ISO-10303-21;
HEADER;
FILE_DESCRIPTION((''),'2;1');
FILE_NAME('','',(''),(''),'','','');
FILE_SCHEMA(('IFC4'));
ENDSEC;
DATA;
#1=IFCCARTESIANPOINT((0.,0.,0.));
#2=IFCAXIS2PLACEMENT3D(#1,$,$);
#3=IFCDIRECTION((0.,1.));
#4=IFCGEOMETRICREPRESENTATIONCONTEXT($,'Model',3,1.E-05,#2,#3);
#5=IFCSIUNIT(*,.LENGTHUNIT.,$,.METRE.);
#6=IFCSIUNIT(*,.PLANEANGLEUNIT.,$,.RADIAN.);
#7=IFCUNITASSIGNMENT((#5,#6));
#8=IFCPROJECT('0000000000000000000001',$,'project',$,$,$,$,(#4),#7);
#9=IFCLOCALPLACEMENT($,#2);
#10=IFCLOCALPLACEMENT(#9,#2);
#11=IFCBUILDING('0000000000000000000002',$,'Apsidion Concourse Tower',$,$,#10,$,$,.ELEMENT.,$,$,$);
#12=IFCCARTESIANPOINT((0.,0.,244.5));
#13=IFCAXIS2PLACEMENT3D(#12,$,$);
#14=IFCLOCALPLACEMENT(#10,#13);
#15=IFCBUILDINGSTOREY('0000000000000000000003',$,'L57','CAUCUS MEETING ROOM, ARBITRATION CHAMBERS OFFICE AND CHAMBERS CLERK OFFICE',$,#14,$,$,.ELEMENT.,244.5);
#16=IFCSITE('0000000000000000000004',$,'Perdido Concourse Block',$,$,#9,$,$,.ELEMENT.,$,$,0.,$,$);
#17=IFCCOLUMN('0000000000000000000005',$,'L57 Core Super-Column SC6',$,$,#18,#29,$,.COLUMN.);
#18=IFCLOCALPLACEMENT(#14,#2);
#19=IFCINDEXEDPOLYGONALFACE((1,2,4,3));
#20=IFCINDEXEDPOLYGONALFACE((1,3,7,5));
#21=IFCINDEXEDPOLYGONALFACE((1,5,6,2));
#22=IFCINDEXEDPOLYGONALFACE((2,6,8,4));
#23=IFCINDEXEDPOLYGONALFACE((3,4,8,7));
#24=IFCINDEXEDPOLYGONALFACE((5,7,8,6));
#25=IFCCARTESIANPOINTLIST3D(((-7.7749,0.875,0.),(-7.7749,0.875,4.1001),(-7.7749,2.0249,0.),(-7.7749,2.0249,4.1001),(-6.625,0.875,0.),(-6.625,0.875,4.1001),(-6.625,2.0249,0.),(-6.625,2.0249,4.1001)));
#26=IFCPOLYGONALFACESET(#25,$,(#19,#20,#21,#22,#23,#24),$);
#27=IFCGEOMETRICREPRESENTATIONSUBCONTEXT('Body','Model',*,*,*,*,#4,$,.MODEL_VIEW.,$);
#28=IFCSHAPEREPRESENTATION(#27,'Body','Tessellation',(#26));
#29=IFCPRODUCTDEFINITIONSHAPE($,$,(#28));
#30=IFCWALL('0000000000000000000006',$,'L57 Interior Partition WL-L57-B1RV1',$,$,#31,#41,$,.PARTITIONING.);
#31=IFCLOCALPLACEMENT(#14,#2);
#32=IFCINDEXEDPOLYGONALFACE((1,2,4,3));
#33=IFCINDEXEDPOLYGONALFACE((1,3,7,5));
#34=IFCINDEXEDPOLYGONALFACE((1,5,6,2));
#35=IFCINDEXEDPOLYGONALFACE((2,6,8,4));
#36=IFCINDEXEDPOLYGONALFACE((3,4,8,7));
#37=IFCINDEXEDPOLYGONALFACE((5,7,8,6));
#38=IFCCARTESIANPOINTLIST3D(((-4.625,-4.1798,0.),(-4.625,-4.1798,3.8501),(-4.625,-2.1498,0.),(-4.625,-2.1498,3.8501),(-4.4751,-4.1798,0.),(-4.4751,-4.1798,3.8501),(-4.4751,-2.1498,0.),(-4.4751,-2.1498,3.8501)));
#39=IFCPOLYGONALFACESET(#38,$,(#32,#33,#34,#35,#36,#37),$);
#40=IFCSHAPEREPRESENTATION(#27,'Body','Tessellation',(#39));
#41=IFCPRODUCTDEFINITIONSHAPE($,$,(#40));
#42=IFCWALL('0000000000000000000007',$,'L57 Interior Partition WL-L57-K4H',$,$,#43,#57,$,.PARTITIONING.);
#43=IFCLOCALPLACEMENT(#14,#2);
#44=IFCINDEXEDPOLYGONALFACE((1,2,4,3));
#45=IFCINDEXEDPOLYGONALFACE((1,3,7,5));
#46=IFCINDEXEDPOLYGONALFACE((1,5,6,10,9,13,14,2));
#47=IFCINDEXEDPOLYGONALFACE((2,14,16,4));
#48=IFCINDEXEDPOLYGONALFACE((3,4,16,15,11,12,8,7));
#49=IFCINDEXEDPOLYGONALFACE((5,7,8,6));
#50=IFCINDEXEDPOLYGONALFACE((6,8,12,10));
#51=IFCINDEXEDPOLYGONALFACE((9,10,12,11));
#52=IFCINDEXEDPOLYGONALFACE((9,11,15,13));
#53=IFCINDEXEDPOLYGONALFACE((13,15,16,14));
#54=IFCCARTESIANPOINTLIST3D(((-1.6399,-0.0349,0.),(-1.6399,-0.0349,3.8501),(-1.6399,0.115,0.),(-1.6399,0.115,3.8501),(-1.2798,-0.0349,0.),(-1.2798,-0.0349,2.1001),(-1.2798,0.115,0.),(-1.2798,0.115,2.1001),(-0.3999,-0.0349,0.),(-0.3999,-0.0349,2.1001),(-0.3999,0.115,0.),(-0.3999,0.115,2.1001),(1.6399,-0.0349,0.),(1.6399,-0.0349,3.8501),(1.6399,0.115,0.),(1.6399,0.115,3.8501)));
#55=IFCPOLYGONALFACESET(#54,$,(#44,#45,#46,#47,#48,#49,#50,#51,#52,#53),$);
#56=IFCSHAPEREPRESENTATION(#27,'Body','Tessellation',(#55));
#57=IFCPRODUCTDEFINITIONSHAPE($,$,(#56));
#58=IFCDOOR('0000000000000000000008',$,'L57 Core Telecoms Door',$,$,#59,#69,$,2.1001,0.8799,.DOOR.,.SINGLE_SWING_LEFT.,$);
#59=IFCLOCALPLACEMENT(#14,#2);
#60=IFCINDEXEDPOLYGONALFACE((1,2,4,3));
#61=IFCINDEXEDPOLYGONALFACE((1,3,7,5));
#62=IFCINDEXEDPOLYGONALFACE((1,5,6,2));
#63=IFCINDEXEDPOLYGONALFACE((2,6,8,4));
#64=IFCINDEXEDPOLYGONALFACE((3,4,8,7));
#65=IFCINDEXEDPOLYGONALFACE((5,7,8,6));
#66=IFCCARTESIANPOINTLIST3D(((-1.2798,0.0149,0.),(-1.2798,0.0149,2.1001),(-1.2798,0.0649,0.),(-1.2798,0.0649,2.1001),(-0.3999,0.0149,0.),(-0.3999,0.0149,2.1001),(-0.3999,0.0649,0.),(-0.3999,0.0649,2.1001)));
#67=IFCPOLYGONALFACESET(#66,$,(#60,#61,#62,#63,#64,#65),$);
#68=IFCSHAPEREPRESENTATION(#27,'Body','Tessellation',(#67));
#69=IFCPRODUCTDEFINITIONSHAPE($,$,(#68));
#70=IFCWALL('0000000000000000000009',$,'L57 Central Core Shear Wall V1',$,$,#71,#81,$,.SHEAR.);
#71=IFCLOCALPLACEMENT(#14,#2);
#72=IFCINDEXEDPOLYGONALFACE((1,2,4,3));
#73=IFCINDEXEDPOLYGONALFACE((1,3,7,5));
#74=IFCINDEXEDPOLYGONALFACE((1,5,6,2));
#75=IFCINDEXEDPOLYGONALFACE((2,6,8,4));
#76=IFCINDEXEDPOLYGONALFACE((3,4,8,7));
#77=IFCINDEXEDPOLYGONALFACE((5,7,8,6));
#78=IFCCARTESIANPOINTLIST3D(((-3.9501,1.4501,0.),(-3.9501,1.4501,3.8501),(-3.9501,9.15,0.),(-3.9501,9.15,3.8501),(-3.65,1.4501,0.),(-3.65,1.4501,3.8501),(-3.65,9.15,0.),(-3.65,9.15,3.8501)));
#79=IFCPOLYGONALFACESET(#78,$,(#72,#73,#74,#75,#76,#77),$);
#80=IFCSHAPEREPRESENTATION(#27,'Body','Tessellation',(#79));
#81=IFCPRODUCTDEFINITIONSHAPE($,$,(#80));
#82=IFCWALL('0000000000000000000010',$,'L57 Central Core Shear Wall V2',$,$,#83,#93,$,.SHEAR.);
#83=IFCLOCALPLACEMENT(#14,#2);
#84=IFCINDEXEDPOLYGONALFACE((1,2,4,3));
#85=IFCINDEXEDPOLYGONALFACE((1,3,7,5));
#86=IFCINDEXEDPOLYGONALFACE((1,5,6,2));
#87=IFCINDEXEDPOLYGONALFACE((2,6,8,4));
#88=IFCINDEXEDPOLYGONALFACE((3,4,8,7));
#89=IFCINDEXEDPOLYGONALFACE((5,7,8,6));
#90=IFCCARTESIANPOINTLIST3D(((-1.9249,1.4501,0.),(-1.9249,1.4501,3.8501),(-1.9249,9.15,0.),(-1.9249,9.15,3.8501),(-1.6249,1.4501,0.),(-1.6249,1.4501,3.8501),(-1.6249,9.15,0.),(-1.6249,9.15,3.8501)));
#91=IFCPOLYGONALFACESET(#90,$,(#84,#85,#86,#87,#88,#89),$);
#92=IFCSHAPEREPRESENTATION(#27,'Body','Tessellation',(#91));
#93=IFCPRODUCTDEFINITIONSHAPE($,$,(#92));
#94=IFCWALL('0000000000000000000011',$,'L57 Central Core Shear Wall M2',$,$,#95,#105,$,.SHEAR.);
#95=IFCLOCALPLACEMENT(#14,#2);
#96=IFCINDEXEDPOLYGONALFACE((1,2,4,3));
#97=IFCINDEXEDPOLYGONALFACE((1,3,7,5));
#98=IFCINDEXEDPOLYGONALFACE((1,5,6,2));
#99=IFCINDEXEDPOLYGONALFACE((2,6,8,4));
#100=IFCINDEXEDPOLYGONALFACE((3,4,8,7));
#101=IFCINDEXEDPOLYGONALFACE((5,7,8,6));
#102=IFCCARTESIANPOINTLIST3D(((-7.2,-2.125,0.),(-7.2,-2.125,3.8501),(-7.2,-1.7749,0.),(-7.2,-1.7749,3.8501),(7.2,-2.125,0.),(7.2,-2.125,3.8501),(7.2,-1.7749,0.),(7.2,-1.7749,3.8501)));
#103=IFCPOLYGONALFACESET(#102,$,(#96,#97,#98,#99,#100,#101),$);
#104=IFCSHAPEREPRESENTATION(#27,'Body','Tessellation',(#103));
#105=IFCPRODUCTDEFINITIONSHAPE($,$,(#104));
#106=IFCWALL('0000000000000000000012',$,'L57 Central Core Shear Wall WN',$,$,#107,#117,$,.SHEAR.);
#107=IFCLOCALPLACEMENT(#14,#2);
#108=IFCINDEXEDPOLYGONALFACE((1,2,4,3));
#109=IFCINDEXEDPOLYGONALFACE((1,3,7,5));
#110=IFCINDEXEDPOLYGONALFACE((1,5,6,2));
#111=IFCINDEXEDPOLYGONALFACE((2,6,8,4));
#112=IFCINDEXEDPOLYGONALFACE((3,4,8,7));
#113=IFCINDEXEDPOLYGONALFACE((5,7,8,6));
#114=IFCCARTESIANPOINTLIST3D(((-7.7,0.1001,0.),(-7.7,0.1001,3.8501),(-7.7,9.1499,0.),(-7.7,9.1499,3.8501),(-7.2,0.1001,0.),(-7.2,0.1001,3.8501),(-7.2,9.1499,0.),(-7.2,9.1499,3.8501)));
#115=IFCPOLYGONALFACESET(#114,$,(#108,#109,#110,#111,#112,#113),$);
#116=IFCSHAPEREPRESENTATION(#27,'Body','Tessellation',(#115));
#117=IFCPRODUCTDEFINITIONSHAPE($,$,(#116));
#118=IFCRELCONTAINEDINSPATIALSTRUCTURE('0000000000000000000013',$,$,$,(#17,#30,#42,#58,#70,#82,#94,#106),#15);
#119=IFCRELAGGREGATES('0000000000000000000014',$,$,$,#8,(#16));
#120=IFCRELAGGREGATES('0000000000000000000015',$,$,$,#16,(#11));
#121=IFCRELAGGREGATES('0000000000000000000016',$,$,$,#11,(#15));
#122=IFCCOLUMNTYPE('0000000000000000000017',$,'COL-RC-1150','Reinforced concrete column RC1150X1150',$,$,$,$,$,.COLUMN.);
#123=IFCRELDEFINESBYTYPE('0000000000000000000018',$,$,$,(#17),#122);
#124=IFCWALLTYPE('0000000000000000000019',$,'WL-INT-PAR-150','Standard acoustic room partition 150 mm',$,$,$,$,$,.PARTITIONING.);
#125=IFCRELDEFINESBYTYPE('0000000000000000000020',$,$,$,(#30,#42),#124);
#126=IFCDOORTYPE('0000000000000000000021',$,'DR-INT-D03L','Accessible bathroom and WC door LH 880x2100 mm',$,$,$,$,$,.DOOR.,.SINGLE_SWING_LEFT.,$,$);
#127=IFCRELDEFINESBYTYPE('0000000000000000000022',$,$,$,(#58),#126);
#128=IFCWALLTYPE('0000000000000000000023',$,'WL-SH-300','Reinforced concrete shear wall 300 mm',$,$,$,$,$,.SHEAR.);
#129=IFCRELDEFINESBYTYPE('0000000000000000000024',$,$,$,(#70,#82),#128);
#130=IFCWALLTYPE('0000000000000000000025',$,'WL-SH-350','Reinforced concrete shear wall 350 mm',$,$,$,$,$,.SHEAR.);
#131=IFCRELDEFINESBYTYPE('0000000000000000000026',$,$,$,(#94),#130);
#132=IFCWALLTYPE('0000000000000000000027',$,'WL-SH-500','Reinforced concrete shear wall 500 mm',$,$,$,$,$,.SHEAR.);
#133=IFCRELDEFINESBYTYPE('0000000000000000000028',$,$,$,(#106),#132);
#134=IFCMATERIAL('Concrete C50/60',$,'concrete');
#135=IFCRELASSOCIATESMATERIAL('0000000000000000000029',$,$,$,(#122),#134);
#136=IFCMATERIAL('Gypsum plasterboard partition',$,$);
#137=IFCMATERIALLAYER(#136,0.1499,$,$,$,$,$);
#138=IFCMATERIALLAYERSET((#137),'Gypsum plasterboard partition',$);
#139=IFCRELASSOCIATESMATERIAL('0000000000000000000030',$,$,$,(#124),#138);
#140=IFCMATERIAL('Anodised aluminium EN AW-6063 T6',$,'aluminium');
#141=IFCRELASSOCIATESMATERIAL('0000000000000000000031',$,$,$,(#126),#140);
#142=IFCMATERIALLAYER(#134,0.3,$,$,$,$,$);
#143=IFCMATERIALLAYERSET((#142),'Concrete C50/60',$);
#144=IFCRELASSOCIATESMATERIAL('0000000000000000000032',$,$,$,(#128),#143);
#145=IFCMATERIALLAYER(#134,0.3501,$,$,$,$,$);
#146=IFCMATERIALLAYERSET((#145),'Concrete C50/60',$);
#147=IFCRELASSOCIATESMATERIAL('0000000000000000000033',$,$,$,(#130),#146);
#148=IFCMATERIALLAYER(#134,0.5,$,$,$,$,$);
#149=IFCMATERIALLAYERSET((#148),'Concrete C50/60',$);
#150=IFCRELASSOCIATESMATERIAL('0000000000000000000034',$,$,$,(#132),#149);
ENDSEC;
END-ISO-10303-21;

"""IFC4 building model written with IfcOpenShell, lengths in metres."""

from ifc_helpers import new_model, si_unit, direction, frame, frame_2d, origin, origin_2d, place, context, subcontext, project, spatial, rectangle, extrude, material, layer, layer_set, material_profile, profile_set, type_object, element, fill, save


model = new_model("IFC4")

# Units and contexts
model_context = context("Model", 3, precision=1e-05, world=origin(), true_north=direction((0.0, 1.0)))
body_context = subcontext(model_context, "Body", "Model", "MODEL_VIEW")
ifc_project = project(units=[si_unit("LENGTHUNIT", "METRE"), si_unit("PLANEANGLEUNIT", "RADIAN")], contexts=[model_context])

# Site, building, storey
site_placement = place(None, origin())
site = spatial("IfcSite", under=ifc_project, at=site_placement, Name="Perdido Concourse Block", CompositionType="ELEMENT", RefElevation=0.0)
building_placement = place(site_placement, origin())
building = spatial("IfcBuilding", under=site, at=building_placement, Name="Apsidion Concourse Tower", CompositionType="ELEMENT")
storey_placement = place(building_placement, frame((0.0, 0.0, 244.5)))
storey = spatial("IfcBuildingStorey", under=building, at=storey_placement, Name="L57", Description="CAUCUS MEETING ROOM, ARBITRATION CHAMBERS OFFICE AND CHAMBERS CLERK OFFICE", CompositionType="ELEMENT", Elevation=244.5)

# Column
ifc_material_1 = material(Name="Concrete C50/60", Category="concrete")
ifc_material_profile = material_profile(ifc_material_1, rectangle(XDim=1.1499, YDim=1.1499, at=origin_2d()), Name="RC 1150x1150")
ifc_profile_set = profile_set([ifc_material_profile], Name="Concrete C50/60")
column_type = type_object("IfcColumnType", Name="COL-RC-1150", Description="Reinforced concrete column RC1150X1150", PredefinedType="COLUMN", material=ifc_profile_set)
column_placement = place(storey_placement, frame((-7.2, 1.45, 0.0), z_axis=(0.0, 0.0, 1.0), x_axis=(1.0, 0.0, 0.0)))
element("IfcColumn", 1, at=column_placement, inside=storey, type_object=column_type, Name="L57 Core Super-Column SC6", PredefinedType="COLUMN", context=body_context, shape_type="SweptSolid", body=[
    extrude(rectangle(XDim=1.1499, YDim=1.1499, at=origin_2d()), origin(), (0.0, 0.0, 1.0), 4.1001),
])

# Wall
ifc_material_2 = material(Name="Gypsum plasterboard partition")
ifc_layer_1 = layer(ifc_material_2, 0.1499)
ifc_layer_set_1 = layer_set([ifc_layer_1], Name="Gypsum plasterboard partition")
wall_type_1 = type_object("IfcWallType", Name="WL-INT-PAR-150", Description="Standard acoustic room partition 150 mm", PredefinedType="PARTITIONING", material=ifc_layer_set_1)
wall_1_placement = place(storey_placement, frame((-4.55, -4.1799, 0.0), z_axis=(0.0, 0.0, 1.0), x_axis=(0.0, 1.0, 0.0)))
element("IfcWall", 2, at=wall_1_placement, inside=storey, type_object=wall_type_1, Name="L57 Interior Partition WL-L57-B1RV1", PredefinedType="PARTITIONING", context=body_context, shape_type="SweptSolid", body=[
    extrude(rectangle(XDim=2.03, YDim=0.1499, at=frame_2d((1.0151, 0.0))), origin(), (0.0, 0.0, 1.0), 3.8501),
])

# Wall, opening, door
wall_2_placement = place(storey_placement, frame((-1.6399, 0.04, 0.0), z_axis=(0.0, 0.0, 1.0), x_axis=(1.0, 0.0, 0.0)))
wall_2 = element("IfcWall", 3, at=wall_2_placement, inside=storey, type_object=wall_type_1, Name="L57 Interior Partition WL-L57-K4H", PredefinedType="PARTITIONING", context=body_context, shape_type="SweptSolid", body=[
    extrude(rectangle(XDim=3.2798, YDim=0.1499, at=frame_2d((1.6399, 0.0))), origin(), (0.0, 0.0, 1.0), 3.8501),
])
opening_1_placement = place(wall_2_placement, frame((0.3601, 0.0, 0.0)))
opening_1 = element("IfcOpeningElement", 4, at=opening_1_placement, cuts=wall_2, PredefinedType="OPENING", context=body_context, shape_type="SweptSolid", body=[
    extrude(rectangle(XDim=0.8799, YDim=2.1001, at=frame_2d((0.4399, 1.05))), frame((0.0, 0.085, 0.0), z_axis=(0.0, -1.0, 0.0), x_axis=(1.0, 0.0, 0.0)), (0.0, 0.0, 1.0), 0.1699),
])
ifc_material_3 = material(Name="Anodised aluminium EN AW-6063 T6", Category="aluminium")
door_type_1 = type_object("IfcDoorType", Name="DR-INT-D03L", Description="Accessible bathroom and WC door LH 880x2100 mm", OperationType="SINGLE_SWING_LEFT", PredefinedType="DOOR", material=ifc_material_3)
door_1_placement = place(opening_1_placement, origin())
door_1 = element("IfcDoor", 5, at=door_1_placement, inside=storey, type_object=door_type_1, Name="L57 Core Telecoms Door", OperationType="SINGLE_SWING_LEFT", OverallHeight=2.1001, OverallWidth=0.8799, PredefinedType="DOOR", context=body_context, shape_type="SweptSolid", body=[
    extrude(rectangle(XDim=0.8799, YDim=2.1001, at=frame_2d((0.4399, 1.05))), frame((0.0, 0.0249, 0.0), z_axis=(0.0, -1.0, 0.0), x_axis=(1.0, 0.0, 0.0)), (0.0, 0.0, 1.0), 0.05),
])
fill(opening_1, door_1)

# Walls
ifc_layer_2 = layer(ifc_material_1, 0.3)
ifc_layer_set_2 = layer_set([ifc_layer_2], Name="Concrete C50/60")
wall_type_2 = type_object("IfcWallType", Name="WL-SH-300", Description="Reinforced concrete shear wall 300 mm", PredefinedType="SHEAR", material=ifc_layer_set_2)
for number, where, z_axis, x_axis, name in (
    (6, (-3.8, 1.45, 0.0), (0.0, 0.0, 1.0), (0.0, 1.0, 0.0), "L57 Central Core Shear Wall V1"),
    (7, (-1.7749, 1.45, 0.0), (0.0, 0.0, 1.0), (0.0, 1.0, 0.0), "L57 Central Core Shear Wall V2"),
):
    element("IfcWall", number, at=place(storey_placement, frame(where, z_axis=z_axis, x_axis=x_axis)), inside=storey, type_object=wall_type_2, Name=name, PredefinedType="SHEAR", context=body_context, shape_type="SweptSolid", body=[
        extrude(rectangle(XDim=7.7, YDim=0.3, at=frame_2d((3.8501, 0.0))), origin(), (0.0, 0.0, 1.0), 3.8501),
    ])

# Shared definitions
ifc_layer_3 = layer(ifc_material_1, 0.3501)
ifc_layer_set_3 = layer_set([ifc_layer_3], Name="Concrete C50/60")
wall_type_3 = type_object("IfcWallType", Name="WL-SH-350", Description="Reinforced concrete shear wall 350 mm", PredefinedType="SHEAR", material=ifc_layer_set_3)

# Wall
wall_3_placement = place(storey_placement, frame((-7.2, -1.95, 0.0), z_axis=(0.0, 0.0, 1.0), x_axis=(1.0, 0.0, 0.0)))
element("IfcWall", 8, at=wall_3_placement, inside=storey, type_object=wall_type_3, Name="L57 Central Core Shear Wall M2", PredefinedType="SHEAR", context=body_context, shape_type="SweptSolid", body=[
    extrude(rectangle(XDim=14.3999, YDim=0.3501, at=frame_2d((7.2, 0.0))), origin(), (0.0, 0.0, 1.0), 3.8501),
])

# Wall
ifc_layer_4 = layer(ifc_material_1, 0.5)
ifc_layer_set_4 = layer_set([ifc_layer_4], Name="Concrete C50/60")
wall_type_4 = type_object("IfcWallType", Name="WL-SH-500", Description="Reinforced concrete shear wall 500 mm", PredefinedType="SHEAR", material=ifc_layer_set_4)
wall_4_placement = place(storey_placement, frame((-7.45, 0.1001, 0.0), z_axis=(0.0, 0.0, 1.0), x_axis=(0.0, 1.0, 0.0)))
element("IfcWall", 9, at=wall_4_placement, inside=storey, type_object=wall_type_4, Name="L57 Central Core Shear Wall WN", PredefinedType="SHEAR", context=body_context, shape_type="SweptSolid", body=[
    extrude(rectangle(XDim=9.0498, YDim=0.5, at=frame_2d((4.5249, 0.0))), origin(), (0.0, 0.0, 1.0), 3.8501),
])

save(model, "model.ifc")
